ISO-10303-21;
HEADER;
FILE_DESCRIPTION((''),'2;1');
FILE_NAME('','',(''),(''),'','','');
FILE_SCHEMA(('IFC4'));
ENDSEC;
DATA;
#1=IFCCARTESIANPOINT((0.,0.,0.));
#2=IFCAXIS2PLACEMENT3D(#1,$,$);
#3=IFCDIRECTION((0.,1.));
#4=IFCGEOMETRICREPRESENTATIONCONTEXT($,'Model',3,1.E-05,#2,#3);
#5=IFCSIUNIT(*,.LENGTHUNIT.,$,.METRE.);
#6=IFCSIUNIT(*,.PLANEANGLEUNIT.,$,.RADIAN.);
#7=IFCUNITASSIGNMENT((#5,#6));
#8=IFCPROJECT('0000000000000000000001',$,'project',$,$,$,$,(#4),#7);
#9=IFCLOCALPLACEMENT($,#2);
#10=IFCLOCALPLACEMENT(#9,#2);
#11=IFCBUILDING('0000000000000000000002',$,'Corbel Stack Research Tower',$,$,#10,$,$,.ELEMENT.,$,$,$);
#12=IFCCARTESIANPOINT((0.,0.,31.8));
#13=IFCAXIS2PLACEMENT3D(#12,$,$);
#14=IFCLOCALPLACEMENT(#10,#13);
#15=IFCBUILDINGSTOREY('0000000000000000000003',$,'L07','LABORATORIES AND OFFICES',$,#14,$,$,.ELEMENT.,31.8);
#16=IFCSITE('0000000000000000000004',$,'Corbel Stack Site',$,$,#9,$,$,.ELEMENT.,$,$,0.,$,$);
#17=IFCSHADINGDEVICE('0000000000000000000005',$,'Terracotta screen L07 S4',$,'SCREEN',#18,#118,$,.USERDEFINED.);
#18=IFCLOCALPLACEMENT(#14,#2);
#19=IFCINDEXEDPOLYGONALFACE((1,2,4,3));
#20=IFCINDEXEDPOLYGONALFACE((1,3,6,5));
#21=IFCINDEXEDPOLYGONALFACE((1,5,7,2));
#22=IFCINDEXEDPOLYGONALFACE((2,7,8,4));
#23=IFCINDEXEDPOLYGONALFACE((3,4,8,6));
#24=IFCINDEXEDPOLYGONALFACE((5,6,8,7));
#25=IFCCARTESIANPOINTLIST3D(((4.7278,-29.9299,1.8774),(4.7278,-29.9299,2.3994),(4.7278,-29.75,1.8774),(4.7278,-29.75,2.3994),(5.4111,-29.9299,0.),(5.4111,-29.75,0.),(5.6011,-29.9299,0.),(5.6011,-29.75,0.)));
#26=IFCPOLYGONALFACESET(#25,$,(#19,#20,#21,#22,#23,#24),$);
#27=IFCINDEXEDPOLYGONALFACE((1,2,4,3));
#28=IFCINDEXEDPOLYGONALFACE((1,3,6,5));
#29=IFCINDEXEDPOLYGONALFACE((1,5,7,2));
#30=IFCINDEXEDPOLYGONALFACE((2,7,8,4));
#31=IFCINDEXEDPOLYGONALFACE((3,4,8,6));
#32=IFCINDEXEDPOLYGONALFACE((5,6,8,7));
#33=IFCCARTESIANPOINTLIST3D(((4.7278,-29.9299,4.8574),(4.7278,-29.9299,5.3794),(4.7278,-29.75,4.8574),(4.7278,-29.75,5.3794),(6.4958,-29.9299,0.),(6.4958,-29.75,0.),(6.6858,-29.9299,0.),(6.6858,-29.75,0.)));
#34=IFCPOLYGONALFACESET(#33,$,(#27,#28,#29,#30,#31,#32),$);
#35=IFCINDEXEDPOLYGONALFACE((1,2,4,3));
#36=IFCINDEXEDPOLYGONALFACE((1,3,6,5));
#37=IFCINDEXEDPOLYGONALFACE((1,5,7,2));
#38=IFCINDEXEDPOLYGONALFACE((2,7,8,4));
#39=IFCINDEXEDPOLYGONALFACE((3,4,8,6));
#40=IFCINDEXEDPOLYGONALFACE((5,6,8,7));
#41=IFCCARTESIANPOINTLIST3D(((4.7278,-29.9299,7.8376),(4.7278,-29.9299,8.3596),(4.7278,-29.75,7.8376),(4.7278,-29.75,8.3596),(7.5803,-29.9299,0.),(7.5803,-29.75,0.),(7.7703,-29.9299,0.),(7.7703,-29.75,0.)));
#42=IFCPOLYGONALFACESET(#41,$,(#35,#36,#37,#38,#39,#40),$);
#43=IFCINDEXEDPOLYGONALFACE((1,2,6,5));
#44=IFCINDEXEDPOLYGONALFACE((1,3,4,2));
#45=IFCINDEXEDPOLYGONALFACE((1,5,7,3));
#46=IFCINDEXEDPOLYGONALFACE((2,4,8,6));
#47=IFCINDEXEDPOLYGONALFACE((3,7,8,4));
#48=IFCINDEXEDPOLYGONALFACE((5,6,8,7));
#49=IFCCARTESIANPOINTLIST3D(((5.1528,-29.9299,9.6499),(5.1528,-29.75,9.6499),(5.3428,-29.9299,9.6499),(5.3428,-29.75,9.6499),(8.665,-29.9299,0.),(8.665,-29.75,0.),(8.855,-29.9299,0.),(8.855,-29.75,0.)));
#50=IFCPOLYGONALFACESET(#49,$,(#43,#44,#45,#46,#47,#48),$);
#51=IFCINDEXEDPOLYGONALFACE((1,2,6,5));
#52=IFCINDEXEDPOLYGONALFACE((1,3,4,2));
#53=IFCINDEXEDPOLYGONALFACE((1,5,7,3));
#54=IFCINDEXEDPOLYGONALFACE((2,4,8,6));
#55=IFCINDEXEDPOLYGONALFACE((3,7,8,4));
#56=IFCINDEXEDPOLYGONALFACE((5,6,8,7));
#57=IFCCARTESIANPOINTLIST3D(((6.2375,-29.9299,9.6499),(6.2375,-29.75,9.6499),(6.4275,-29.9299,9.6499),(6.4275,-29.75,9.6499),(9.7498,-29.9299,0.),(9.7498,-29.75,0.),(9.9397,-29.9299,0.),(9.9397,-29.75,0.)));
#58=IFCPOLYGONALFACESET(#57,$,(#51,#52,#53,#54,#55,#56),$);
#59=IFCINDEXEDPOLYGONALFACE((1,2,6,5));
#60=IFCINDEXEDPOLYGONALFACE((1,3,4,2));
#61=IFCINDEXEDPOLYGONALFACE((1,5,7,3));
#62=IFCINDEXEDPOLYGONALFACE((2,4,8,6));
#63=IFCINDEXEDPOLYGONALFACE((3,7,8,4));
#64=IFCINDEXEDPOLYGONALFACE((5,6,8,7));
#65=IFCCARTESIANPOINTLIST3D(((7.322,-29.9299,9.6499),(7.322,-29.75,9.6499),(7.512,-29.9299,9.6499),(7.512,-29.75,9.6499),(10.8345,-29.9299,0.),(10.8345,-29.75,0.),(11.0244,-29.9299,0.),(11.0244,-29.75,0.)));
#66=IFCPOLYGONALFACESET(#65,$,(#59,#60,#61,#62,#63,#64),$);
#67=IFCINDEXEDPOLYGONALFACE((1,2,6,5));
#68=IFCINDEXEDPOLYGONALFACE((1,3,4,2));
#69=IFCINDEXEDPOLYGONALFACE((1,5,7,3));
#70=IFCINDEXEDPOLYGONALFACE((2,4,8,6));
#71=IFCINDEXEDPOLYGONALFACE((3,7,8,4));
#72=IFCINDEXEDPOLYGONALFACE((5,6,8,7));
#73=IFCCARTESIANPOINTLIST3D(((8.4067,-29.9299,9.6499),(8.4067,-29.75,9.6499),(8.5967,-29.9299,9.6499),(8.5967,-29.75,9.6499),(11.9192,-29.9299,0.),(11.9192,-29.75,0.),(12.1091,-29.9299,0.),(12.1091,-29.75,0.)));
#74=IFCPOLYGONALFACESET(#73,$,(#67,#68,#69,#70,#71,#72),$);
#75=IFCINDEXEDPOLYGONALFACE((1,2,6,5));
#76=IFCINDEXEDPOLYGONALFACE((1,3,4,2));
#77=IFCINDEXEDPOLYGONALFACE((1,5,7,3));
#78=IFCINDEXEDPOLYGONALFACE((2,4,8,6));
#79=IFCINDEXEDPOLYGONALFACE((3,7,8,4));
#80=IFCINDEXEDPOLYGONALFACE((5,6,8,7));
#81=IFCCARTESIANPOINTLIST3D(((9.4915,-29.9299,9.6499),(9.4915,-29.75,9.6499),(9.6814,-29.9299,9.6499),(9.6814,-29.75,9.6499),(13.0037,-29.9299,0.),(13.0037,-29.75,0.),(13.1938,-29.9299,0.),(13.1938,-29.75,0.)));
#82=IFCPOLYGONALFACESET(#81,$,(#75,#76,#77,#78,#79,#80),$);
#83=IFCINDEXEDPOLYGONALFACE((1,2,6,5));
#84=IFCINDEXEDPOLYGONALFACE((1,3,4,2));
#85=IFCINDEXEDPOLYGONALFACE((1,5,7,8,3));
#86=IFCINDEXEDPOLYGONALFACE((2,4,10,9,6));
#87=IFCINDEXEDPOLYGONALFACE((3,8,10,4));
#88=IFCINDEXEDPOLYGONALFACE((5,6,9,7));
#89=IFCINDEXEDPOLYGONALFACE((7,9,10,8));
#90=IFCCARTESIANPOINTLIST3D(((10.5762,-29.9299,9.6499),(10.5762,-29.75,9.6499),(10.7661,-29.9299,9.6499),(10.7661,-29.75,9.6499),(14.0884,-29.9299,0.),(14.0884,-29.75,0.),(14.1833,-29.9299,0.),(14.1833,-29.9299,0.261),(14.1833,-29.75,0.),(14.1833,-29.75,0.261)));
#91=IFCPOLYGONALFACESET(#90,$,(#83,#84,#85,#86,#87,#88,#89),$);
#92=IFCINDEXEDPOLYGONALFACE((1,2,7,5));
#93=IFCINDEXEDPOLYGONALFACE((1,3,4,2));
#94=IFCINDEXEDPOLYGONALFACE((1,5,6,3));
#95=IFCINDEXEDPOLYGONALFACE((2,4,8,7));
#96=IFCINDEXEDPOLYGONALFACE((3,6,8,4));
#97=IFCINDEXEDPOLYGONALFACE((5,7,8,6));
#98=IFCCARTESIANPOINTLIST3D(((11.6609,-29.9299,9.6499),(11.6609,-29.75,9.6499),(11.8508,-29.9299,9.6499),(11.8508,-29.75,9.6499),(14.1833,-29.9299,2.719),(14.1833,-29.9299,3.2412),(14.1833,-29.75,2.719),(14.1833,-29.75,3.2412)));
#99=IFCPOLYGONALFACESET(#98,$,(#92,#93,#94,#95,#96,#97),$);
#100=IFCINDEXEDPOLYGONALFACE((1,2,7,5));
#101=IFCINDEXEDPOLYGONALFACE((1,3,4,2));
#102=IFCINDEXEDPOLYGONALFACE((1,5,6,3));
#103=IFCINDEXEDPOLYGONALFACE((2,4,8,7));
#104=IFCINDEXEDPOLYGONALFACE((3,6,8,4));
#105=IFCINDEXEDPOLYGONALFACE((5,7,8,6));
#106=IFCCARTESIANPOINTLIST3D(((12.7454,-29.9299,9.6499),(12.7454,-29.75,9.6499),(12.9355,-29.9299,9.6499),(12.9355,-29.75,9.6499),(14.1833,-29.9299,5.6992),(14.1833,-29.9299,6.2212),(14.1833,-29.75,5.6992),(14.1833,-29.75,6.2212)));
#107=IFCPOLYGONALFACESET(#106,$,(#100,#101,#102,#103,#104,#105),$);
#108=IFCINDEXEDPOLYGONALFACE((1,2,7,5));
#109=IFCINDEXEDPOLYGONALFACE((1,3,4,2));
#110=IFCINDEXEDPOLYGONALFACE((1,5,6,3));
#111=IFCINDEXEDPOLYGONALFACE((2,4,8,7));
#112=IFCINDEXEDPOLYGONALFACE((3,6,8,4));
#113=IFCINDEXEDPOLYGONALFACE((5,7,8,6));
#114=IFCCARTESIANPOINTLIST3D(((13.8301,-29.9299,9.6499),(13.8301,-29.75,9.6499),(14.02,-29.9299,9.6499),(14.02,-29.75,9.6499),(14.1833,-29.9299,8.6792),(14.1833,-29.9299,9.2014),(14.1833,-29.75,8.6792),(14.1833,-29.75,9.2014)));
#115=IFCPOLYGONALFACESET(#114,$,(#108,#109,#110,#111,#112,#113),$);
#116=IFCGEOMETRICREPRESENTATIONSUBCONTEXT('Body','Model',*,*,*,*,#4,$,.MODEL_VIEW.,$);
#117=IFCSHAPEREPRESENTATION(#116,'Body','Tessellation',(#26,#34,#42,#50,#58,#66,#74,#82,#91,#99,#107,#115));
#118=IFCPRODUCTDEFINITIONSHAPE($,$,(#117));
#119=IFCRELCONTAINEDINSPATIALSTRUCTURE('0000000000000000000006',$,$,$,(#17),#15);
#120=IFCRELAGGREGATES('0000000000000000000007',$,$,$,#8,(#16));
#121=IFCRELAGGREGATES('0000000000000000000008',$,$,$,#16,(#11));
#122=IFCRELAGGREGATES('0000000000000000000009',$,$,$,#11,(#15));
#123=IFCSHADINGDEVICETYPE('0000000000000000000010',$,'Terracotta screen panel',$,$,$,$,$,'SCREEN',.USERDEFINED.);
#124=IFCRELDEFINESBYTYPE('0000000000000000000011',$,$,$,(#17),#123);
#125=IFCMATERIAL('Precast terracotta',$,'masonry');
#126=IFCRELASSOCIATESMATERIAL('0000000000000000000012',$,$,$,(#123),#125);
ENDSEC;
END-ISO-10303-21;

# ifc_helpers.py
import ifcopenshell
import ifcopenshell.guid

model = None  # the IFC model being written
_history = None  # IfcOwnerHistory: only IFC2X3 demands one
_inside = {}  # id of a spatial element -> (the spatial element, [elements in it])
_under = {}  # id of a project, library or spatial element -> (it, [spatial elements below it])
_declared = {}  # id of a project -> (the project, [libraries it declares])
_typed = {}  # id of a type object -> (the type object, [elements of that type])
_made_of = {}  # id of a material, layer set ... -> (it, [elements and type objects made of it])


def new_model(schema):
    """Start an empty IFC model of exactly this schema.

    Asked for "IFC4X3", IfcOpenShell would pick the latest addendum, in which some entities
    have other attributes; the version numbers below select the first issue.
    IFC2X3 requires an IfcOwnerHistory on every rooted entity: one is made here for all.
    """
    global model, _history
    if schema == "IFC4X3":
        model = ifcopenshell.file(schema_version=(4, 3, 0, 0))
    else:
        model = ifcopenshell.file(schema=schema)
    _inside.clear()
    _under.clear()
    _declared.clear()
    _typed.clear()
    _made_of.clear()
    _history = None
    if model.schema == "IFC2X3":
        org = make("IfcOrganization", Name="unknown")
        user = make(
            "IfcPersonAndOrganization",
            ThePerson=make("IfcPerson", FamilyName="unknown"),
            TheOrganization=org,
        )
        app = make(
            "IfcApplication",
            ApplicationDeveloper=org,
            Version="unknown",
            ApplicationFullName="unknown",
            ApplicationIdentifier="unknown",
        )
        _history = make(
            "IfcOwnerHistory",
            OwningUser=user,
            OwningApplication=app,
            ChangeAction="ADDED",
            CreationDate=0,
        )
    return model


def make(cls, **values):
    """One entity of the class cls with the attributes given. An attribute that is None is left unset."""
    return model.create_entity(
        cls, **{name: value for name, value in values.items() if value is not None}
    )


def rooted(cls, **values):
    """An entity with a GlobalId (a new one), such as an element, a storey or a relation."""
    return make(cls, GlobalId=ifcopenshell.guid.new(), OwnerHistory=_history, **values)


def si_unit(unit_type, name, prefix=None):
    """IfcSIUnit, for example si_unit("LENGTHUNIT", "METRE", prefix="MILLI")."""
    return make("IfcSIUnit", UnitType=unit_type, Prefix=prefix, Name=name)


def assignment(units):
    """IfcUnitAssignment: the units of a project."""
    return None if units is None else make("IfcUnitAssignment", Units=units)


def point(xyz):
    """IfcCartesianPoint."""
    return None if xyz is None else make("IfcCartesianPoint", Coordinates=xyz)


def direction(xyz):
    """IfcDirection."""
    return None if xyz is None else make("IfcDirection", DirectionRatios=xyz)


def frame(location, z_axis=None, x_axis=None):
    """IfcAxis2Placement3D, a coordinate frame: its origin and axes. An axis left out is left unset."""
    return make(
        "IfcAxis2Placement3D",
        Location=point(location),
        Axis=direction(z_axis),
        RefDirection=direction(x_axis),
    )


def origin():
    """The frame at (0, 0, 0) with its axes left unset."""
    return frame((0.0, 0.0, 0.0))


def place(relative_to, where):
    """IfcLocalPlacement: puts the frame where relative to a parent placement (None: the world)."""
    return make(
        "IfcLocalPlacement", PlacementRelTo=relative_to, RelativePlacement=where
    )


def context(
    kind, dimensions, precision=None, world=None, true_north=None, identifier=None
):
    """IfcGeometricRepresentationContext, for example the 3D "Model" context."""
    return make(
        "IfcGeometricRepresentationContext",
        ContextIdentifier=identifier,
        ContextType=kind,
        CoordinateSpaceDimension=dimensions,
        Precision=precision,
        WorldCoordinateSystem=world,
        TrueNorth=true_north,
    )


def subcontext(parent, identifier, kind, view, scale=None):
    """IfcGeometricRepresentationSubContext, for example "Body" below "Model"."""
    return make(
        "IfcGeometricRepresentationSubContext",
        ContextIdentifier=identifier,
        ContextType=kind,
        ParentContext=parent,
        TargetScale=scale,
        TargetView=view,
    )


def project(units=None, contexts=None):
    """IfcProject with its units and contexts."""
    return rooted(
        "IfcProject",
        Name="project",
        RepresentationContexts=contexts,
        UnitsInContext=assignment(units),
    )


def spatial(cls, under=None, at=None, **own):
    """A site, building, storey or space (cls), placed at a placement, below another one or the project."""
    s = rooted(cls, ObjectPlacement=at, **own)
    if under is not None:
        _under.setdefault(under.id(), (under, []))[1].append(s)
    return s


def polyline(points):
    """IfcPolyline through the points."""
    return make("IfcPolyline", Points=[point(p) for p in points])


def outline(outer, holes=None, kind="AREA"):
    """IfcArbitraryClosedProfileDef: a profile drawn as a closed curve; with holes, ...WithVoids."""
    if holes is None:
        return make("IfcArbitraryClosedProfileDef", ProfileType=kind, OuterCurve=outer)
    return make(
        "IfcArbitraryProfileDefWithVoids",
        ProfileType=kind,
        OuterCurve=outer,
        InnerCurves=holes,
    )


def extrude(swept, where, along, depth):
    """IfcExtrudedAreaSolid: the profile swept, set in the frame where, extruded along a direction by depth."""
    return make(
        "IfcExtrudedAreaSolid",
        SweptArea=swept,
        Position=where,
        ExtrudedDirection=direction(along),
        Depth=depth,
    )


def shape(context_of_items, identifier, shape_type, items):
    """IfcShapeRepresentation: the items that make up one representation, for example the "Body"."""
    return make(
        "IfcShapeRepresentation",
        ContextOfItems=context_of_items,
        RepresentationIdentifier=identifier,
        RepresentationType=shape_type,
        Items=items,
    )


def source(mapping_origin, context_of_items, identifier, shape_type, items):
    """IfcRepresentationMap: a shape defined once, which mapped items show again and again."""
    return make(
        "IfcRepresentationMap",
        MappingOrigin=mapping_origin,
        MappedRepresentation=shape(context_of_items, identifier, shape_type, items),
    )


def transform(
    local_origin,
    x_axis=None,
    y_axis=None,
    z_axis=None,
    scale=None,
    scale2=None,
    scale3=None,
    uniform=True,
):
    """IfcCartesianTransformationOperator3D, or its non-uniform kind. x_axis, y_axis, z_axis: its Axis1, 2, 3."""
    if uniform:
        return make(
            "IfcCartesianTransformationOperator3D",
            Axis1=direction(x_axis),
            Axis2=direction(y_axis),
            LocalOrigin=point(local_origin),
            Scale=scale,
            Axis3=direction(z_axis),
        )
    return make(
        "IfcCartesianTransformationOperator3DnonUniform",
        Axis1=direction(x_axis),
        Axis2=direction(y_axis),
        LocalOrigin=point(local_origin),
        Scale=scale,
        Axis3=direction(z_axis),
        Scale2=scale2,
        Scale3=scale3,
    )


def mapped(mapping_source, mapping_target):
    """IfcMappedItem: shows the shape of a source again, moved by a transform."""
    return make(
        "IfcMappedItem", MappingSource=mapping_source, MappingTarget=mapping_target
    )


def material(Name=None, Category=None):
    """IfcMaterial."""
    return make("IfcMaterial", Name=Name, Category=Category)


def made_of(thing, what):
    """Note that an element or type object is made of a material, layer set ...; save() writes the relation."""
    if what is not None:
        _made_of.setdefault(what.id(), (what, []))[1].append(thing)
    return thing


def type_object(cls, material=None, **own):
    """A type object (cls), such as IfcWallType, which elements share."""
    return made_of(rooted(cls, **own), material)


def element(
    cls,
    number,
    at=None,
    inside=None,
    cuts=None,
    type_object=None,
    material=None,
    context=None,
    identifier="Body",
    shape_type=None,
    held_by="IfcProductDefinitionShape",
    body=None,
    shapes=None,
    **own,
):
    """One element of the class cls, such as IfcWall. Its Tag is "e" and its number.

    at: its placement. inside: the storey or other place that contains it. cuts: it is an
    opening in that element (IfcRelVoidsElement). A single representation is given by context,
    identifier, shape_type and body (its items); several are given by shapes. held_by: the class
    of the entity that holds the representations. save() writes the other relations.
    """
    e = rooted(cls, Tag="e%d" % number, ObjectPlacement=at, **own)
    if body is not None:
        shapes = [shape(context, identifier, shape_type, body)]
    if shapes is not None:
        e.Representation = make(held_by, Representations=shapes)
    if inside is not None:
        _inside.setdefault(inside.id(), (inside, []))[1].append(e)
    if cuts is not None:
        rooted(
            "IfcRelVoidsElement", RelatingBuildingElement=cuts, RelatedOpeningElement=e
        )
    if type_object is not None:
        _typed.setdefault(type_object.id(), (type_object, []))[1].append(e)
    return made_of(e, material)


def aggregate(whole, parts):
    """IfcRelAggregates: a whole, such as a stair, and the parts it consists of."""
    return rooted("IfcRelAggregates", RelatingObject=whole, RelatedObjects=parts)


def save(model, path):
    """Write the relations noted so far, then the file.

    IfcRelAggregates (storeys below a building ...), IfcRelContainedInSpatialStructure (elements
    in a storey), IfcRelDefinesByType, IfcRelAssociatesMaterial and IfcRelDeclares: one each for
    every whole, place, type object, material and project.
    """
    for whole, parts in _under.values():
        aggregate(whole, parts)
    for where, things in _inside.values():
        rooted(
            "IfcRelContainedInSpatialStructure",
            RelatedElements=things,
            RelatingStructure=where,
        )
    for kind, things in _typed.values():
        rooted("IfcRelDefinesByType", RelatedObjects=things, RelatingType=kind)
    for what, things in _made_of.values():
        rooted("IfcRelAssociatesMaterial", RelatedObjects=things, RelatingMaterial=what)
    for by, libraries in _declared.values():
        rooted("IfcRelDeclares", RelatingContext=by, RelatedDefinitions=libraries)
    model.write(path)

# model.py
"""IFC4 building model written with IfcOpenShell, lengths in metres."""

from ifc_helpers import new_model, si_unit, direction, frame, origin, place, context, subcontext, project, spatial, polyline, outline, extrude, source, transform, mapped, material, type_object, element, save


model = new_model("IFC4")

# Units and contexts
model_context = context("Model", 3, precision=1e-05, world=origin(), true_north=direction((0.0, 1.0)))
body_context = subcontext(model_context, "Body", "Model", "MODEL_VIEW")
ifc_project = project(units=[si_unit("LENGTHUNIT", "METRE"), si_unit("PLANEANGLEUNIT", "RADIAN")], contexts=[model_context])

# Site, building, storey
site_placement = place(None, origin())
site = spatial("IfcSite", under=ifc_project, at=site_placement, Name="Corbel Stack Site", CompositionType="ELEMENT", RefElevation=0.0)
building_placement = place(site_placement, origin())
building = spatial("IfcBuilding", under=site, at=building_placement, Name="Corbel Stack Research Tower", CompositionType="ELEMENT")
storey_placement = place(building_placement, frame((0.0, 0.0, 31.8)))
storey = spatial("IfcBuildingStorey", under=building, at=storey_placement, Name="L07", Description="LABORATORIES AND OFFICES", CompositionType="ELEMENT", Elevation=31.8)

# Shading device
ifc_material_1 = material(Name="Precast terracotta", Category="masonry")
shading_device_type = type_object("IfcShadingDeviceType", Name="Terracotta screen panel", ElementType="SCREEN", PredefinedType="USERDEFINED", material=ifc_material_1)
shared_shape_1 = source(origin(), body_context, "Body", "SweptSolid", [
    extrude(outline(polyline([(0.8733, 0.0), (0.0, 2.3994), (0.0, 1.8774), (0.6833, 0.0), (0.8733, 0.0)])), frame((0.0, 0.0, 0.0), z_axis=(0.0, -1.0, 0.0), x_axis=(1.0, 0.0, 0.0)), (0.0, 0.0, 1.0), 0.1799),
    extrude(outline(polyline([(1.958, 0.0), (0.0, 5.3794), (0.0, 4.8574), (1.7681, 0.0), (1.958, 0.0)])), frame((0.0, 0.0, 0.0), z_axis=(0.0, -1.0, 0.0), x_axis=(1.0, 0.0, 0.0)), (0.0, 0.0, 1.0), 0.1799),
    extrude(outline(polyline([(3.0425, 0.0), (0.0, 8.3596), (0.0, 7.8376), (2.8525, 0.0), (3.0425, 0.0)])), frame((0.0, 0.0, 0.0), z_axis=(0.0, -1.0, 0.0), x_axis=(1.0, 0.0, 0.0)), (0.0, 0.0, 1.0), 0.1799),
    extrude(outline(polyline([(4.1272, 0.0), (0.615, 9.6499), (0.425, 9.6499), (3.9373, 0.0), (4.1272, 0.0)])), frame((0.0, 0.0, 0.0), z_axis=(0.0, -1.0, 0.0), x_axis=(1.0, 0.0, 0.0)), (0.0, 0.0, 1.0), 0.1799),
    extrude(outline(polyline([(5.2119, 0.0), (1.6997, 9.6499), (1.5098, 9.6499), (5.022, 0.0), (5.2119, 0.0)])), frame((0.0, 0.0, 0.0), z_axis=(0.0, -1.0, 0.0), x_axis=(1.0, 0.0, 0.0)), (0.0, 0.0, 1.0), 0.1799),
    extrude(outline(polyline([(6.2966, 0.0), (2.7842, 9.6499), (2.5942, 9.6499), (6.1067, 0.0), (6.2966, 0.0)])), frame((0.0, 0.0, 0.0), z_axis=(0.0, -1.0, 0.0), x_axis=(1.0, 0.0, 0.0)), (0.0, 0.0, 1.0), 0.1799),
    extrude(outline(polyline([(7.3813, 0.0), (3.8689, 9.6499), (3.679, 9.6499), (7.1914, 0.0), (7.3813, 0.0)])), frame((0.0, 0.0, 0.0), z_axis=(0.0, -1.0, 0.0), x_axis=(1.0, 0.0, 0.0)), (0.0, 0.0, 1.0), 0.1799),
    extrude(outline(polyline([(8.4661, 0.0), (4.9536, 9.6499), (4.7637, 9.6499), (8.2759, 0.0), (8.4661, 0.0)])), frame((0.0, 0.0, 0.0), z_axis=(0.0, -1.0, 0.0), x_axis=(1.0, 0.0, 0.0)), (0.0, 0.0, 1.0), 0.1799),
    extrude(outline(polyline([(9.4556, 0.0), (9.4556, 0.261), (6.0383, 9.6499), (5.8484, 9.6499), (9.3606, 0.0), (9.4556, 0.0)])), frame((0.0, 0.0, 0.0), z_axis=(0.0, -1.0, 0.0), x_axis=(1.0, 0.0, 0.0)), (0.0, 0.0, 1.0), 0.1799),
    extrude(outline(polyline([(7.123, 9.6499), (6.9331, 9.6499), (9.4556, 2.719), (9.4556, 3.2412), (7.123, 9.6499)])), frame((0.0, 0.0, 0.0), z_axis=(0.0, -1.0, 0.0), x_axis=(1.0, 0.0, 0.0)), (0.0, 0.0, 1.0), 0.1799),
    extrude(outline(polyline([(8.2078, 9.6499), (8.0176, 9.6499), (9.4556, 5.6992), (9.4556, 6.2212), (8.2078, 9.6499)])), frame((0.0, 0.0, 0.0), z_axis=(0.0, -1.0, 0.0), x_axis=(1.0, 0.0, 0.0)), (0.0, 0.0, 1.0), 0.1799),
    extrude(outline(polyline([(9.2922, 9.6499), (9.1023, 9.6499), (9.4556, 8.6792), (9.4556, 9.2014), (9.2922, 9.6499)])), frame((0.0, 0.0, 0.0), z_axis=(0.0, -1.0, 0.0), x_axis=(1.0, 0.0, 0.0)), (0.0, 0.0, 1.0), 0.1799),
])
shading_device_1_placement = place(storey_placement, frame((4.7278, -29.75, 0.0), z_axis=(0.0, 0.0, 1.0), x_axis=(1.0, 0.0, 0.0)))
element("IfcShadingDevice", 1, at=shading_device_1_placement, inside=storey, type_object=shading_device_type, Name="Terracotta screen L07 S4", ObjectType="SCREEN", PredefinedType="USERDEFINED", context=body_context, shape_type="MappedRepresentation", body=[
    mapped(shared_shape_1, transform((0.0, 0.0, 0.0))),
])

save(model, "model.ifc")
